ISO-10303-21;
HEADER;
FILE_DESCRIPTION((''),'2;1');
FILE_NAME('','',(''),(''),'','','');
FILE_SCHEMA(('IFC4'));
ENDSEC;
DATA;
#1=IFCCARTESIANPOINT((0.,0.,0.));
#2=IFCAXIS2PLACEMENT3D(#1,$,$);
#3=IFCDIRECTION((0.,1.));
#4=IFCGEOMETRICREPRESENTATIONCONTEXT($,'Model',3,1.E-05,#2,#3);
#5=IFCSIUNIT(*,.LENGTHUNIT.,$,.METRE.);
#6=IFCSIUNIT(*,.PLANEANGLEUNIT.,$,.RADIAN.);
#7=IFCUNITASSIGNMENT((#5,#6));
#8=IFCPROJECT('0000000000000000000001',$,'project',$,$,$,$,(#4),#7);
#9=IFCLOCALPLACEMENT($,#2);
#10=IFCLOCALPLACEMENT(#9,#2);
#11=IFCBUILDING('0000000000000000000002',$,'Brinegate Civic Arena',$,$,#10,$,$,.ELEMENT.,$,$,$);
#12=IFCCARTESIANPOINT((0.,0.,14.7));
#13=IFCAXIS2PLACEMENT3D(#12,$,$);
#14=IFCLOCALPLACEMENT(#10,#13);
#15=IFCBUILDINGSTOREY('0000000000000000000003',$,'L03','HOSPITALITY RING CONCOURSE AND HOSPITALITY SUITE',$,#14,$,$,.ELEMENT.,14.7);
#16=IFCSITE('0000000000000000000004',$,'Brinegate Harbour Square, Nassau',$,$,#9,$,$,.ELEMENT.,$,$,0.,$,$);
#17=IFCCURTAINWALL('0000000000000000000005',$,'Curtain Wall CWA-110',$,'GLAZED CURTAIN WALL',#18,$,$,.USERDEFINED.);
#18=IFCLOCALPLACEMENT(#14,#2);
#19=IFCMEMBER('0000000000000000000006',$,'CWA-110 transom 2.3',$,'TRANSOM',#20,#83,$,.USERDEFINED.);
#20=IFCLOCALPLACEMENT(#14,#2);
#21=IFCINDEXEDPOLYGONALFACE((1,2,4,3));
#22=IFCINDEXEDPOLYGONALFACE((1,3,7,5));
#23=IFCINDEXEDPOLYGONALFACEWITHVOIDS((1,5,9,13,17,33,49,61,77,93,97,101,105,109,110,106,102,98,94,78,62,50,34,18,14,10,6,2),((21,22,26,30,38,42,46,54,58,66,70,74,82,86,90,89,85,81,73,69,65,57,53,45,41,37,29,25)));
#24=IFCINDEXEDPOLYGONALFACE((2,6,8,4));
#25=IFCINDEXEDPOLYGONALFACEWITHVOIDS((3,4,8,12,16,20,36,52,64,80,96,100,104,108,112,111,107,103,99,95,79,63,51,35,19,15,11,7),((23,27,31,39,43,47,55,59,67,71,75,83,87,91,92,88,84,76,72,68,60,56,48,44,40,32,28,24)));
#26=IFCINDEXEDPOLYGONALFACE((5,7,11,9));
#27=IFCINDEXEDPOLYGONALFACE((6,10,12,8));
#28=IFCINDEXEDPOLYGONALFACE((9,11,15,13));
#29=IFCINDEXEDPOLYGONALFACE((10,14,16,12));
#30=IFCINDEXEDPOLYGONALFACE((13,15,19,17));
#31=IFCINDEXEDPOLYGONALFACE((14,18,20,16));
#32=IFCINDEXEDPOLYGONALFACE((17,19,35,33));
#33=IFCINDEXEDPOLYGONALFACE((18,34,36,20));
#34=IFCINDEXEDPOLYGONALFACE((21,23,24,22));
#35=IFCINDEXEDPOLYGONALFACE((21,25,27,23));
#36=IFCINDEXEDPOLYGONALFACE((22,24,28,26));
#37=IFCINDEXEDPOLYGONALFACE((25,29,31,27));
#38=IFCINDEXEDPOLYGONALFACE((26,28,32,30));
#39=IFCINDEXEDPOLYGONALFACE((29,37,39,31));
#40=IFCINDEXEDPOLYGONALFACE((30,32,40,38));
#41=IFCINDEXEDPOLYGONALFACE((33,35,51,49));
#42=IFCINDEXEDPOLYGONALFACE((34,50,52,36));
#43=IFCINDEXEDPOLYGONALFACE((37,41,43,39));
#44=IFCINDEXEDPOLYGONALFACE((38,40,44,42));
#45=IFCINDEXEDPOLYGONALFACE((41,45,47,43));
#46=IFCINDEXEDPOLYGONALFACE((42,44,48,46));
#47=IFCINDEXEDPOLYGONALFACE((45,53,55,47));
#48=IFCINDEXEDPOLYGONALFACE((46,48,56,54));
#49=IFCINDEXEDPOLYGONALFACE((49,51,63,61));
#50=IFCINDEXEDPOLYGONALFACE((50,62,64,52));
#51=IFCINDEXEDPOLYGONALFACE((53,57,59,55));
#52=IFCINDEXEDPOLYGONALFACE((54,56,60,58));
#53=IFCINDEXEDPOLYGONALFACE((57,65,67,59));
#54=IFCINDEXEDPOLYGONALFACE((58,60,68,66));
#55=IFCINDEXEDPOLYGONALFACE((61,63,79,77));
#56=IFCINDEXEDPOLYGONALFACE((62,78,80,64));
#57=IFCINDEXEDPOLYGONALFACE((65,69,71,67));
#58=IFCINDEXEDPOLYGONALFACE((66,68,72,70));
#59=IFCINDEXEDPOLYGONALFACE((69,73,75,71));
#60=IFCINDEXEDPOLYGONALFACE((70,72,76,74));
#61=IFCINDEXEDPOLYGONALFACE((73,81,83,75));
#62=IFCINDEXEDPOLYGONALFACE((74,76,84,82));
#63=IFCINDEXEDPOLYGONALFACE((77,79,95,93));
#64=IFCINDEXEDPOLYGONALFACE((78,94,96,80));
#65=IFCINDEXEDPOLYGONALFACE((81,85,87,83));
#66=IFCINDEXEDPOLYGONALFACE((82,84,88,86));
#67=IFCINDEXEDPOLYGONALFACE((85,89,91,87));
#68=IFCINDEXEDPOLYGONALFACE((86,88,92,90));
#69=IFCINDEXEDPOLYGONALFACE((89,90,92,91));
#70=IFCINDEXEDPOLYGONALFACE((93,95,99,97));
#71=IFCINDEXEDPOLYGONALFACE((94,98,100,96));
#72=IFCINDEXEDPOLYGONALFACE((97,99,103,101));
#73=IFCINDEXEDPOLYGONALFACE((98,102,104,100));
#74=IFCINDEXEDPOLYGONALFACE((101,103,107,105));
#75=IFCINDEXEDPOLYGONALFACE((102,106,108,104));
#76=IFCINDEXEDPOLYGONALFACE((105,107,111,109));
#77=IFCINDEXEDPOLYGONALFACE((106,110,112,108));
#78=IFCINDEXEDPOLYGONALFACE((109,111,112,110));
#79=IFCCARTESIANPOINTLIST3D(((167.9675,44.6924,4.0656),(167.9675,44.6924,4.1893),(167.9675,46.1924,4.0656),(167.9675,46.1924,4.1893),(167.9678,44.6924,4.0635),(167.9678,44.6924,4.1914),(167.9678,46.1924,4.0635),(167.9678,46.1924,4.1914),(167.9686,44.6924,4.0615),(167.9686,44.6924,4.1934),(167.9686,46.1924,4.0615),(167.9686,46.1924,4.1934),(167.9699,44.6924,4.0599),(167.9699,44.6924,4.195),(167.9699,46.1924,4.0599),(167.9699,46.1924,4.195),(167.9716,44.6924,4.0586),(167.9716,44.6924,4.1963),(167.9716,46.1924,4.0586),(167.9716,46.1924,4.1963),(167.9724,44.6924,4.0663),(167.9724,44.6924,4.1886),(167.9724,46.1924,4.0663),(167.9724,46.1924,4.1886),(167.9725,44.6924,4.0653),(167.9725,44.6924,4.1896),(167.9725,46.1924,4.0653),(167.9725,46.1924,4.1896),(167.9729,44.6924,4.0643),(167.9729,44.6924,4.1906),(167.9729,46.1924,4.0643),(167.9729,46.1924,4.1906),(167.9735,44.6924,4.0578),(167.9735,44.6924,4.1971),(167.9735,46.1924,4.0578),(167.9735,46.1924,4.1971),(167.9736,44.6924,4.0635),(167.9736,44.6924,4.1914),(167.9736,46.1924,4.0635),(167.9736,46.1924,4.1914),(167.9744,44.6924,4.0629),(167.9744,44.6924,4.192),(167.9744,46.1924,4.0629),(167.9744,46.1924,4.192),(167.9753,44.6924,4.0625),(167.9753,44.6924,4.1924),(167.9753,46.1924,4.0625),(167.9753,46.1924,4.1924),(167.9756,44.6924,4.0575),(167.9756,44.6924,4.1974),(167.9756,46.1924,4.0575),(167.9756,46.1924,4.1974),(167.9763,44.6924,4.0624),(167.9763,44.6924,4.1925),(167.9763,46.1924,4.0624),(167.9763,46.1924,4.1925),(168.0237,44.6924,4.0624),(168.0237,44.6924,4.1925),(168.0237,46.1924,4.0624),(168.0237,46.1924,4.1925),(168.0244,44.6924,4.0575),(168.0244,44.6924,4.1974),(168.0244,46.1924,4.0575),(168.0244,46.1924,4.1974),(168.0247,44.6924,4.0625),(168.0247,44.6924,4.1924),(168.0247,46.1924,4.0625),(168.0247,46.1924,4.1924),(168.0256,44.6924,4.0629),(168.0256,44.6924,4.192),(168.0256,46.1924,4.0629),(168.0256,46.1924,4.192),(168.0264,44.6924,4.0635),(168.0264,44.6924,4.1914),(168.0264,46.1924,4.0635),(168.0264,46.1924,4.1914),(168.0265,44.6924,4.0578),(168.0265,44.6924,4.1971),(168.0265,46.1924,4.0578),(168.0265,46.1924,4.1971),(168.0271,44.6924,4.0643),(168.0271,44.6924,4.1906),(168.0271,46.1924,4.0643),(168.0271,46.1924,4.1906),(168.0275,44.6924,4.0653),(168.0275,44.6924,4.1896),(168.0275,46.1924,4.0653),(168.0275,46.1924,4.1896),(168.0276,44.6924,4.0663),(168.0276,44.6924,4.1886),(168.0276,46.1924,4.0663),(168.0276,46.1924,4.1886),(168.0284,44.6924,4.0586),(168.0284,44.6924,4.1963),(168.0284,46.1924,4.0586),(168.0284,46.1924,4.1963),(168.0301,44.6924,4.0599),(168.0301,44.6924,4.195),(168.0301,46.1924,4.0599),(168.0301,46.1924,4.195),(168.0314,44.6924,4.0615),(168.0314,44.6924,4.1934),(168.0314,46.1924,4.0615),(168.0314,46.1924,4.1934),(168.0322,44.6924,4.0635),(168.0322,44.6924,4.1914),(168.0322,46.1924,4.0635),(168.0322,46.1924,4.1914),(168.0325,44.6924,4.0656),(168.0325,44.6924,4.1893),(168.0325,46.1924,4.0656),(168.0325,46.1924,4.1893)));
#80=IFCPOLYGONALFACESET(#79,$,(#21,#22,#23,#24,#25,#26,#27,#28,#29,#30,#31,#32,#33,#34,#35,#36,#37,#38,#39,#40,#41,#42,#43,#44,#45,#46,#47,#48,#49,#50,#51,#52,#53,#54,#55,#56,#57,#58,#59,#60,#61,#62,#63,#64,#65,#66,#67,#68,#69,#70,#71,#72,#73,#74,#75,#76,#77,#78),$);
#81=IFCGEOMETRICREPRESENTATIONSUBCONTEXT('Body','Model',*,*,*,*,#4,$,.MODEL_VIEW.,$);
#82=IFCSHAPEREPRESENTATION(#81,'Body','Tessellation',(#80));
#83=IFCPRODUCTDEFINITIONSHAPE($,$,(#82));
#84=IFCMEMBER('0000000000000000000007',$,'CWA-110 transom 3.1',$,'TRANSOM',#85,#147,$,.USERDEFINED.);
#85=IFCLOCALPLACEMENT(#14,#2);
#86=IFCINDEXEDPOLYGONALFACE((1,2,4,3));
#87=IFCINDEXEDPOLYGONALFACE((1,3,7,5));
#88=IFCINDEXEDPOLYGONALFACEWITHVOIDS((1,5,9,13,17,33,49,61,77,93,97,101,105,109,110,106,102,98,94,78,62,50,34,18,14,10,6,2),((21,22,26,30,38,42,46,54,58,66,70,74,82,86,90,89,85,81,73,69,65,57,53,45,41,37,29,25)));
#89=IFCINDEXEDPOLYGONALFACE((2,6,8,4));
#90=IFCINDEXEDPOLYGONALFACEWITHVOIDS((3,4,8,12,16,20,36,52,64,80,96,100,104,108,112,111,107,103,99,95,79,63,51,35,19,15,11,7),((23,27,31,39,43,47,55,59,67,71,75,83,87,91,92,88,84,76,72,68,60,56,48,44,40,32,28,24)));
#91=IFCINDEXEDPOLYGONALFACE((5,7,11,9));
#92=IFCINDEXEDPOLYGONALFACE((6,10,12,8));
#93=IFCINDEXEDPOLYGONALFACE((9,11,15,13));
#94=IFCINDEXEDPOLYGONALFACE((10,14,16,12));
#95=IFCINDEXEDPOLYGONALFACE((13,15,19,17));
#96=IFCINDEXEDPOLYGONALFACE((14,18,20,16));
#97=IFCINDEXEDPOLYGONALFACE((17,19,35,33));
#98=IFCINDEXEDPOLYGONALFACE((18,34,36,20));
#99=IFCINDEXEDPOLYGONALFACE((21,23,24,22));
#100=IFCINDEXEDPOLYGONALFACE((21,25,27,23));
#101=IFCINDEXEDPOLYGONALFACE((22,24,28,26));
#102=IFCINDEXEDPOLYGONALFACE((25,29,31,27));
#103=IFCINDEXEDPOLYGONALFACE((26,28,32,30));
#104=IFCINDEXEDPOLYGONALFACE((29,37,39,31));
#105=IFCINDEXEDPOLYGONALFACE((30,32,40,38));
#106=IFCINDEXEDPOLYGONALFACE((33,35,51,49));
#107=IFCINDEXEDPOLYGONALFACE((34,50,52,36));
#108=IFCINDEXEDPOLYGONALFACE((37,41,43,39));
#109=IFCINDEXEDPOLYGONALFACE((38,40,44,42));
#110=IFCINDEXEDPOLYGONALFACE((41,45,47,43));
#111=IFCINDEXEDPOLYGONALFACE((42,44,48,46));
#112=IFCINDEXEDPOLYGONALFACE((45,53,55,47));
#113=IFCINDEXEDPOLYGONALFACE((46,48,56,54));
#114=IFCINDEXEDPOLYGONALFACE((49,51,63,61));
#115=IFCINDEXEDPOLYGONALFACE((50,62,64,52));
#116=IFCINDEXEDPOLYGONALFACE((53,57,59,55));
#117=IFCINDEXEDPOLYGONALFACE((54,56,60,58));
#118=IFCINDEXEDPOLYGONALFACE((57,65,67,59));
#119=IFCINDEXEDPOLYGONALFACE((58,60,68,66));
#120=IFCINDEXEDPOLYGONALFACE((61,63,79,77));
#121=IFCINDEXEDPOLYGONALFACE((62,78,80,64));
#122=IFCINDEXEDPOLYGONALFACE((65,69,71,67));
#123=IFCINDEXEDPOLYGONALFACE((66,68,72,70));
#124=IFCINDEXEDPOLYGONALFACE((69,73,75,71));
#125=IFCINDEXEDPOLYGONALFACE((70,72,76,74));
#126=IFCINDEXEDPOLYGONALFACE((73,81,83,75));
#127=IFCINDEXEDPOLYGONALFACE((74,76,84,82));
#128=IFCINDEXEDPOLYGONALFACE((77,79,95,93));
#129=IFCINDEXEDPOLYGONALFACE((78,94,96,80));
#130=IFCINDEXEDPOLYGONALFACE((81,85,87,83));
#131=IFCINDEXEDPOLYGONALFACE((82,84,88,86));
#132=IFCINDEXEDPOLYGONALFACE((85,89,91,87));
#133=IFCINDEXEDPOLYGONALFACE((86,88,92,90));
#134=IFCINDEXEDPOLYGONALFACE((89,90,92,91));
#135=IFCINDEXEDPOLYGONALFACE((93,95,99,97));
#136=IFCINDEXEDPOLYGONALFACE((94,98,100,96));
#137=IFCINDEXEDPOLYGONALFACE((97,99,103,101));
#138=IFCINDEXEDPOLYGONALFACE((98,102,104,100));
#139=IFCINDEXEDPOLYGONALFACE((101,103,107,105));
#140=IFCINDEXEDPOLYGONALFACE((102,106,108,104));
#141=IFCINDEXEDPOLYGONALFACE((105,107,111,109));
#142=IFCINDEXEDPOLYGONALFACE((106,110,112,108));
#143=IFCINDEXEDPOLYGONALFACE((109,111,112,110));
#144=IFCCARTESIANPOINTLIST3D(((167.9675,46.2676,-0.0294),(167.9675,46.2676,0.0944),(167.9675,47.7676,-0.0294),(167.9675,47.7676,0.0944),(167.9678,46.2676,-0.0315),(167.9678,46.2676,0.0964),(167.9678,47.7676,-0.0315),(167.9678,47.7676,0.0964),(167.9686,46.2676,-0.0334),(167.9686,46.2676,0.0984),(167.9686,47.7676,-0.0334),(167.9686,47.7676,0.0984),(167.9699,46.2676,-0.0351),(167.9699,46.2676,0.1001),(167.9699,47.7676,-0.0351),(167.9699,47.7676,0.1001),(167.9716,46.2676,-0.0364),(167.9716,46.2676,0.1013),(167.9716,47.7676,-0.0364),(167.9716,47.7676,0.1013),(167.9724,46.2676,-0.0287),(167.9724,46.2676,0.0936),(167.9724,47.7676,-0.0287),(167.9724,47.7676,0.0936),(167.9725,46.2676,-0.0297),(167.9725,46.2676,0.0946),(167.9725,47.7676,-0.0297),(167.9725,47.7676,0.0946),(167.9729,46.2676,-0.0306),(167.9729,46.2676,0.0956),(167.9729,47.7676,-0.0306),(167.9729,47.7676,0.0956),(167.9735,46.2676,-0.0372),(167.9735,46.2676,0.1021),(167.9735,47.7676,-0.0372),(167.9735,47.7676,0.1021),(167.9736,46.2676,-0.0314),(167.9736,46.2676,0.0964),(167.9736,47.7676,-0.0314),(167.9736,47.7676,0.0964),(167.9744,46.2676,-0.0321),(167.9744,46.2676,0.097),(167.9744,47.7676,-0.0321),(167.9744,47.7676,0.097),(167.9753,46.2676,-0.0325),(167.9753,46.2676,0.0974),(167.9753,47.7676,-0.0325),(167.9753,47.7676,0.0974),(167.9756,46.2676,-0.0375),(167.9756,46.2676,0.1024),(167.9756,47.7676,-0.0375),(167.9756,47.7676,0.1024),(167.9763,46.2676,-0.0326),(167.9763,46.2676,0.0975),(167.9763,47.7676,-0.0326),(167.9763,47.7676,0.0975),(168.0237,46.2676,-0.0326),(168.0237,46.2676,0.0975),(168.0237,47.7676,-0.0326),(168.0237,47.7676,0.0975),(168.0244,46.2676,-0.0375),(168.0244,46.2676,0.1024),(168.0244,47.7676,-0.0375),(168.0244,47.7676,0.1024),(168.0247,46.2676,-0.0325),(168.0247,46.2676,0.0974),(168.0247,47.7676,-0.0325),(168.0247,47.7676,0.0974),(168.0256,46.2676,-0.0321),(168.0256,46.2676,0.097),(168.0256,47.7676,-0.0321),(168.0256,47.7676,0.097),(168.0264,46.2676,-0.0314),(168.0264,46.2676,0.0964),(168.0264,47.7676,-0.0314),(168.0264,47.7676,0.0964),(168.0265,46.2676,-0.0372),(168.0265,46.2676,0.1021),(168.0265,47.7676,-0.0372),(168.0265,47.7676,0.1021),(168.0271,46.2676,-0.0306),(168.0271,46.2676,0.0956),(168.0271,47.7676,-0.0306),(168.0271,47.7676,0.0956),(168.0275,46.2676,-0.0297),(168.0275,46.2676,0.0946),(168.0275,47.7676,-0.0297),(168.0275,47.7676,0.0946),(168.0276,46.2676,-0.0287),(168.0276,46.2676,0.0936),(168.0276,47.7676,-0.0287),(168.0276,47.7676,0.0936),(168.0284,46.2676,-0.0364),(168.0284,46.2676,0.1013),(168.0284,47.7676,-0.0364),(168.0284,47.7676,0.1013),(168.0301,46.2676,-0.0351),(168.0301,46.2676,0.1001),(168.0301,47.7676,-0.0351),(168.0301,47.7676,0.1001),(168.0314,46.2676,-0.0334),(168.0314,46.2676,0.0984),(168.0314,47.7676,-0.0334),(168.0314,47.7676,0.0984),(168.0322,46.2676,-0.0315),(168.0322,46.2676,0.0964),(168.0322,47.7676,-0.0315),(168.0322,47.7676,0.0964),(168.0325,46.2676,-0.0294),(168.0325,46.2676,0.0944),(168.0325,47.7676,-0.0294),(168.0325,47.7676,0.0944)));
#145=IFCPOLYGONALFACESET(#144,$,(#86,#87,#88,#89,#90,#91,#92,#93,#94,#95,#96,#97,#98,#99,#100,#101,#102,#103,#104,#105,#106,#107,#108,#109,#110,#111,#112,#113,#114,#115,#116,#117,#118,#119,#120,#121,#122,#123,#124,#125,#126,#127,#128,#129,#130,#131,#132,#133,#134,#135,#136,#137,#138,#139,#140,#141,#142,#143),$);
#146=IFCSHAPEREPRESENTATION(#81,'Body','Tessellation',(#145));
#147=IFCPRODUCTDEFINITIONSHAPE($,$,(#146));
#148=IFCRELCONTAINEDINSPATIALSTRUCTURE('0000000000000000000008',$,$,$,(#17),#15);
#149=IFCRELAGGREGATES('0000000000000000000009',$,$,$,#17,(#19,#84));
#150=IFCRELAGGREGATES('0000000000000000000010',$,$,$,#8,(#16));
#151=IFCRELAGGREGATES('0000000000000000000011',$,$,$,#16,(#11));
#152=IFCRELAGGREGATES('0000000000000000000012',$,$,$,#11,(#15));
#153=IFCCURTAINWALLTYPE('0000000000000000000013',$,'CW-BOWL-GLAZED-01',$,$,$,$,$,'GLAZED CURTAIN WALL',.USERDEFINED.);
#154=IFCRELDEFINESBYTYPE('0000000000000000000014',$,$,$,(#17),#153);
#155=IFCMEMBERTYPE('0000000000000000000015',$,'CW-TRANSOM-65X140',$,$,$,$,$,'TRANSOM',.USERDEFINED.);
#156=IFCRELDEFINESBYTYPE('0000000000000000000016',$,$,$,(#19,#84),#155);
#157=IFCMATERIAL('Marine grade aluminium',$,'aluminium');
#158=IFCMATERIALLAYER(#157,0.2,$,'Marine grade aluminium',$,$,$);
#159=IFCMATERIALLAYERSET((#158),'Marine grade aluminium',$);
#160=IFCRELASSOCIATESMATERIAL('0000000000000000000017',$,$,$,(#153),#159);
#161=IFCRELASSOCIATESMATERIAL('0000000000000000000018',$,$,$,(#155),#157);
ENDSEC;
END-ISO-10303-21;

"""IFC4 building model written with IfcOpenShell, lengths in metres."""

from ifc_helpers import new_model, si_unit, direction, frame, origin, origin_2d, place, context, subcontext, project, spatial, hollow_rectangle, extrude, material, layer, layer_set, material_profile, profile_set, type_object, element, aggregate, save


model = new_model("IFC4")

# Units and contexts
model_context = context("Model", 3, precision=1e-05, world=origin(), true_north=direction((0.0, 1.0)))
body_context = subcontext(model_context, "Body", "Model", "MODEL_VIEW")
ifc_project = project(units=[si_unit("LENGTHUNIT", "METRE"), si_unit("PLANEANGLEUNIT", "RADIAN")], contexts=[model_context])

# Site, building, storey
site_placement = place(None, origin())
site = spatial("IfcSite", under=ifc_project, at=site_placement, Name="Brinegate Harbour Square, Nassau", CompositionType="ELEMENT", RefElevation=0.0)
building_placement = place(site_placement, origin())
building = spatial("IfcBuilding", under=site, at=building_placement, Name="Brinegate Civic Arena", CompositionType="ELEMENT")
storey_placement = place(building_placement, frame((0.0, 0.0, 14.7)))
storey = spatial("IfcBuildingStorey", under=building, at=storey_placement, Name="L03", Description="HOSPITALITY RING CONCOURSE AND HOSPITALITY SUITE", CompositionType="ELEMENT", Elevation=14.7)

# Shared definitions
ifc_material_1 = material(Name="Marine grade aluminium", Category="aluminium")
ifc_layer_1 = layer(ifc_material_1, 0.2, Name="Marine grade aluminium")
ifc_layer_set_1 = layer_set([ifc_layer_1], Name="Marine grade aluminium")
curtain_wall_type = type_object("IfcCurtainWallType", Name="CW-BOWL-GLAZED-01", ElementType="GLAZED CURTAIN WALL", PredefinedType="USERDEFINED", material=ifc_layer_set_1)

# Curtain wall, members
curtain_wall_1_placement = place(storey_placement, origin())
curtain_wall_1 = element("IfcCurtainWall", 1, at=curtain_wall_1_placement, inside=storey, type_object=curtain_wall_type, Name="Curtain Wall CWA-110", ObjectType="GLAZED CURTAIN WALL", PredefinedType="USERDEFINED")
ifc_material_profile_1 = material_profile(ifc_material_1, hollow_rectangle(XDim=0.0649, YDim=0.1399, WallThickness=0.0049, InnerFilletRadius=0.0039, OuterFilletRadius=0.0081, at=origin_2d()), Name="TRN65X140")
ifc_profile_set_1 = profile_set([ifc_material_profile_1], Name="Marine grade aluminium")
member_type_1 = type_object("IfcMemberType", Name="CW-TRANSOM-65X140", ElementType="TRANSOM", PredefinedType="USERDEFINED", material=ifc_profile_set_1)
member_1_placement = place(storey_placement, frame((168.0, 44.6924, 4.1274), z_axis=(0.0, 1.0, 0.0), x_axis=(-1.0, 0.0, 0.0)))
member_1 = element("IfcMember", 2, at=member_1_placement, type_object=member_type_1, Name="CWA-110 transom 2.3", ObjectType="TRANSOM", PredefinedType="USERDEFINED", context=body_context, shape_type="SweptSolid", body=[
    extrude(hollow_rectangle(XDim=0.0649, YDim=0.1399, WallThickness=0.0049, InnerFilletRadius=0.0039, OuterFilletRadius=0.0081, at=origin_2d()), origin(), (0.0, 0.0, 1.0), 1.5),
])
member_2_placement = place(storey_placement, frame((168.0, 46.2676, 0.0325), z_axis=(0.0, 1.0, 0.0), x_axis=(-1.0, 0.0, 0.0)))
member_2 = element("IfcMember", 3, at=member_2_placement, type_object=member_type_1, Name="CWA-110 transom 3.1", ObjectType="TRANSOM", PredefinedType="USERDEFINED", context=body_context, shape_type="SweptSolid", body=[
    extrude(hollow_rectangle(XDim=0.0649, YDim=0.1399, WallThickness=0.0049, InnerFilletRadius=0.0039, OuterFilletRadius=0.0081, at=origin_2d()), origin(), (0.0, 0.0, 1.0), 1.5),
])

aggregate(curtain_wall_1, [member_1, member_2])

save(model, "model.ifc")
